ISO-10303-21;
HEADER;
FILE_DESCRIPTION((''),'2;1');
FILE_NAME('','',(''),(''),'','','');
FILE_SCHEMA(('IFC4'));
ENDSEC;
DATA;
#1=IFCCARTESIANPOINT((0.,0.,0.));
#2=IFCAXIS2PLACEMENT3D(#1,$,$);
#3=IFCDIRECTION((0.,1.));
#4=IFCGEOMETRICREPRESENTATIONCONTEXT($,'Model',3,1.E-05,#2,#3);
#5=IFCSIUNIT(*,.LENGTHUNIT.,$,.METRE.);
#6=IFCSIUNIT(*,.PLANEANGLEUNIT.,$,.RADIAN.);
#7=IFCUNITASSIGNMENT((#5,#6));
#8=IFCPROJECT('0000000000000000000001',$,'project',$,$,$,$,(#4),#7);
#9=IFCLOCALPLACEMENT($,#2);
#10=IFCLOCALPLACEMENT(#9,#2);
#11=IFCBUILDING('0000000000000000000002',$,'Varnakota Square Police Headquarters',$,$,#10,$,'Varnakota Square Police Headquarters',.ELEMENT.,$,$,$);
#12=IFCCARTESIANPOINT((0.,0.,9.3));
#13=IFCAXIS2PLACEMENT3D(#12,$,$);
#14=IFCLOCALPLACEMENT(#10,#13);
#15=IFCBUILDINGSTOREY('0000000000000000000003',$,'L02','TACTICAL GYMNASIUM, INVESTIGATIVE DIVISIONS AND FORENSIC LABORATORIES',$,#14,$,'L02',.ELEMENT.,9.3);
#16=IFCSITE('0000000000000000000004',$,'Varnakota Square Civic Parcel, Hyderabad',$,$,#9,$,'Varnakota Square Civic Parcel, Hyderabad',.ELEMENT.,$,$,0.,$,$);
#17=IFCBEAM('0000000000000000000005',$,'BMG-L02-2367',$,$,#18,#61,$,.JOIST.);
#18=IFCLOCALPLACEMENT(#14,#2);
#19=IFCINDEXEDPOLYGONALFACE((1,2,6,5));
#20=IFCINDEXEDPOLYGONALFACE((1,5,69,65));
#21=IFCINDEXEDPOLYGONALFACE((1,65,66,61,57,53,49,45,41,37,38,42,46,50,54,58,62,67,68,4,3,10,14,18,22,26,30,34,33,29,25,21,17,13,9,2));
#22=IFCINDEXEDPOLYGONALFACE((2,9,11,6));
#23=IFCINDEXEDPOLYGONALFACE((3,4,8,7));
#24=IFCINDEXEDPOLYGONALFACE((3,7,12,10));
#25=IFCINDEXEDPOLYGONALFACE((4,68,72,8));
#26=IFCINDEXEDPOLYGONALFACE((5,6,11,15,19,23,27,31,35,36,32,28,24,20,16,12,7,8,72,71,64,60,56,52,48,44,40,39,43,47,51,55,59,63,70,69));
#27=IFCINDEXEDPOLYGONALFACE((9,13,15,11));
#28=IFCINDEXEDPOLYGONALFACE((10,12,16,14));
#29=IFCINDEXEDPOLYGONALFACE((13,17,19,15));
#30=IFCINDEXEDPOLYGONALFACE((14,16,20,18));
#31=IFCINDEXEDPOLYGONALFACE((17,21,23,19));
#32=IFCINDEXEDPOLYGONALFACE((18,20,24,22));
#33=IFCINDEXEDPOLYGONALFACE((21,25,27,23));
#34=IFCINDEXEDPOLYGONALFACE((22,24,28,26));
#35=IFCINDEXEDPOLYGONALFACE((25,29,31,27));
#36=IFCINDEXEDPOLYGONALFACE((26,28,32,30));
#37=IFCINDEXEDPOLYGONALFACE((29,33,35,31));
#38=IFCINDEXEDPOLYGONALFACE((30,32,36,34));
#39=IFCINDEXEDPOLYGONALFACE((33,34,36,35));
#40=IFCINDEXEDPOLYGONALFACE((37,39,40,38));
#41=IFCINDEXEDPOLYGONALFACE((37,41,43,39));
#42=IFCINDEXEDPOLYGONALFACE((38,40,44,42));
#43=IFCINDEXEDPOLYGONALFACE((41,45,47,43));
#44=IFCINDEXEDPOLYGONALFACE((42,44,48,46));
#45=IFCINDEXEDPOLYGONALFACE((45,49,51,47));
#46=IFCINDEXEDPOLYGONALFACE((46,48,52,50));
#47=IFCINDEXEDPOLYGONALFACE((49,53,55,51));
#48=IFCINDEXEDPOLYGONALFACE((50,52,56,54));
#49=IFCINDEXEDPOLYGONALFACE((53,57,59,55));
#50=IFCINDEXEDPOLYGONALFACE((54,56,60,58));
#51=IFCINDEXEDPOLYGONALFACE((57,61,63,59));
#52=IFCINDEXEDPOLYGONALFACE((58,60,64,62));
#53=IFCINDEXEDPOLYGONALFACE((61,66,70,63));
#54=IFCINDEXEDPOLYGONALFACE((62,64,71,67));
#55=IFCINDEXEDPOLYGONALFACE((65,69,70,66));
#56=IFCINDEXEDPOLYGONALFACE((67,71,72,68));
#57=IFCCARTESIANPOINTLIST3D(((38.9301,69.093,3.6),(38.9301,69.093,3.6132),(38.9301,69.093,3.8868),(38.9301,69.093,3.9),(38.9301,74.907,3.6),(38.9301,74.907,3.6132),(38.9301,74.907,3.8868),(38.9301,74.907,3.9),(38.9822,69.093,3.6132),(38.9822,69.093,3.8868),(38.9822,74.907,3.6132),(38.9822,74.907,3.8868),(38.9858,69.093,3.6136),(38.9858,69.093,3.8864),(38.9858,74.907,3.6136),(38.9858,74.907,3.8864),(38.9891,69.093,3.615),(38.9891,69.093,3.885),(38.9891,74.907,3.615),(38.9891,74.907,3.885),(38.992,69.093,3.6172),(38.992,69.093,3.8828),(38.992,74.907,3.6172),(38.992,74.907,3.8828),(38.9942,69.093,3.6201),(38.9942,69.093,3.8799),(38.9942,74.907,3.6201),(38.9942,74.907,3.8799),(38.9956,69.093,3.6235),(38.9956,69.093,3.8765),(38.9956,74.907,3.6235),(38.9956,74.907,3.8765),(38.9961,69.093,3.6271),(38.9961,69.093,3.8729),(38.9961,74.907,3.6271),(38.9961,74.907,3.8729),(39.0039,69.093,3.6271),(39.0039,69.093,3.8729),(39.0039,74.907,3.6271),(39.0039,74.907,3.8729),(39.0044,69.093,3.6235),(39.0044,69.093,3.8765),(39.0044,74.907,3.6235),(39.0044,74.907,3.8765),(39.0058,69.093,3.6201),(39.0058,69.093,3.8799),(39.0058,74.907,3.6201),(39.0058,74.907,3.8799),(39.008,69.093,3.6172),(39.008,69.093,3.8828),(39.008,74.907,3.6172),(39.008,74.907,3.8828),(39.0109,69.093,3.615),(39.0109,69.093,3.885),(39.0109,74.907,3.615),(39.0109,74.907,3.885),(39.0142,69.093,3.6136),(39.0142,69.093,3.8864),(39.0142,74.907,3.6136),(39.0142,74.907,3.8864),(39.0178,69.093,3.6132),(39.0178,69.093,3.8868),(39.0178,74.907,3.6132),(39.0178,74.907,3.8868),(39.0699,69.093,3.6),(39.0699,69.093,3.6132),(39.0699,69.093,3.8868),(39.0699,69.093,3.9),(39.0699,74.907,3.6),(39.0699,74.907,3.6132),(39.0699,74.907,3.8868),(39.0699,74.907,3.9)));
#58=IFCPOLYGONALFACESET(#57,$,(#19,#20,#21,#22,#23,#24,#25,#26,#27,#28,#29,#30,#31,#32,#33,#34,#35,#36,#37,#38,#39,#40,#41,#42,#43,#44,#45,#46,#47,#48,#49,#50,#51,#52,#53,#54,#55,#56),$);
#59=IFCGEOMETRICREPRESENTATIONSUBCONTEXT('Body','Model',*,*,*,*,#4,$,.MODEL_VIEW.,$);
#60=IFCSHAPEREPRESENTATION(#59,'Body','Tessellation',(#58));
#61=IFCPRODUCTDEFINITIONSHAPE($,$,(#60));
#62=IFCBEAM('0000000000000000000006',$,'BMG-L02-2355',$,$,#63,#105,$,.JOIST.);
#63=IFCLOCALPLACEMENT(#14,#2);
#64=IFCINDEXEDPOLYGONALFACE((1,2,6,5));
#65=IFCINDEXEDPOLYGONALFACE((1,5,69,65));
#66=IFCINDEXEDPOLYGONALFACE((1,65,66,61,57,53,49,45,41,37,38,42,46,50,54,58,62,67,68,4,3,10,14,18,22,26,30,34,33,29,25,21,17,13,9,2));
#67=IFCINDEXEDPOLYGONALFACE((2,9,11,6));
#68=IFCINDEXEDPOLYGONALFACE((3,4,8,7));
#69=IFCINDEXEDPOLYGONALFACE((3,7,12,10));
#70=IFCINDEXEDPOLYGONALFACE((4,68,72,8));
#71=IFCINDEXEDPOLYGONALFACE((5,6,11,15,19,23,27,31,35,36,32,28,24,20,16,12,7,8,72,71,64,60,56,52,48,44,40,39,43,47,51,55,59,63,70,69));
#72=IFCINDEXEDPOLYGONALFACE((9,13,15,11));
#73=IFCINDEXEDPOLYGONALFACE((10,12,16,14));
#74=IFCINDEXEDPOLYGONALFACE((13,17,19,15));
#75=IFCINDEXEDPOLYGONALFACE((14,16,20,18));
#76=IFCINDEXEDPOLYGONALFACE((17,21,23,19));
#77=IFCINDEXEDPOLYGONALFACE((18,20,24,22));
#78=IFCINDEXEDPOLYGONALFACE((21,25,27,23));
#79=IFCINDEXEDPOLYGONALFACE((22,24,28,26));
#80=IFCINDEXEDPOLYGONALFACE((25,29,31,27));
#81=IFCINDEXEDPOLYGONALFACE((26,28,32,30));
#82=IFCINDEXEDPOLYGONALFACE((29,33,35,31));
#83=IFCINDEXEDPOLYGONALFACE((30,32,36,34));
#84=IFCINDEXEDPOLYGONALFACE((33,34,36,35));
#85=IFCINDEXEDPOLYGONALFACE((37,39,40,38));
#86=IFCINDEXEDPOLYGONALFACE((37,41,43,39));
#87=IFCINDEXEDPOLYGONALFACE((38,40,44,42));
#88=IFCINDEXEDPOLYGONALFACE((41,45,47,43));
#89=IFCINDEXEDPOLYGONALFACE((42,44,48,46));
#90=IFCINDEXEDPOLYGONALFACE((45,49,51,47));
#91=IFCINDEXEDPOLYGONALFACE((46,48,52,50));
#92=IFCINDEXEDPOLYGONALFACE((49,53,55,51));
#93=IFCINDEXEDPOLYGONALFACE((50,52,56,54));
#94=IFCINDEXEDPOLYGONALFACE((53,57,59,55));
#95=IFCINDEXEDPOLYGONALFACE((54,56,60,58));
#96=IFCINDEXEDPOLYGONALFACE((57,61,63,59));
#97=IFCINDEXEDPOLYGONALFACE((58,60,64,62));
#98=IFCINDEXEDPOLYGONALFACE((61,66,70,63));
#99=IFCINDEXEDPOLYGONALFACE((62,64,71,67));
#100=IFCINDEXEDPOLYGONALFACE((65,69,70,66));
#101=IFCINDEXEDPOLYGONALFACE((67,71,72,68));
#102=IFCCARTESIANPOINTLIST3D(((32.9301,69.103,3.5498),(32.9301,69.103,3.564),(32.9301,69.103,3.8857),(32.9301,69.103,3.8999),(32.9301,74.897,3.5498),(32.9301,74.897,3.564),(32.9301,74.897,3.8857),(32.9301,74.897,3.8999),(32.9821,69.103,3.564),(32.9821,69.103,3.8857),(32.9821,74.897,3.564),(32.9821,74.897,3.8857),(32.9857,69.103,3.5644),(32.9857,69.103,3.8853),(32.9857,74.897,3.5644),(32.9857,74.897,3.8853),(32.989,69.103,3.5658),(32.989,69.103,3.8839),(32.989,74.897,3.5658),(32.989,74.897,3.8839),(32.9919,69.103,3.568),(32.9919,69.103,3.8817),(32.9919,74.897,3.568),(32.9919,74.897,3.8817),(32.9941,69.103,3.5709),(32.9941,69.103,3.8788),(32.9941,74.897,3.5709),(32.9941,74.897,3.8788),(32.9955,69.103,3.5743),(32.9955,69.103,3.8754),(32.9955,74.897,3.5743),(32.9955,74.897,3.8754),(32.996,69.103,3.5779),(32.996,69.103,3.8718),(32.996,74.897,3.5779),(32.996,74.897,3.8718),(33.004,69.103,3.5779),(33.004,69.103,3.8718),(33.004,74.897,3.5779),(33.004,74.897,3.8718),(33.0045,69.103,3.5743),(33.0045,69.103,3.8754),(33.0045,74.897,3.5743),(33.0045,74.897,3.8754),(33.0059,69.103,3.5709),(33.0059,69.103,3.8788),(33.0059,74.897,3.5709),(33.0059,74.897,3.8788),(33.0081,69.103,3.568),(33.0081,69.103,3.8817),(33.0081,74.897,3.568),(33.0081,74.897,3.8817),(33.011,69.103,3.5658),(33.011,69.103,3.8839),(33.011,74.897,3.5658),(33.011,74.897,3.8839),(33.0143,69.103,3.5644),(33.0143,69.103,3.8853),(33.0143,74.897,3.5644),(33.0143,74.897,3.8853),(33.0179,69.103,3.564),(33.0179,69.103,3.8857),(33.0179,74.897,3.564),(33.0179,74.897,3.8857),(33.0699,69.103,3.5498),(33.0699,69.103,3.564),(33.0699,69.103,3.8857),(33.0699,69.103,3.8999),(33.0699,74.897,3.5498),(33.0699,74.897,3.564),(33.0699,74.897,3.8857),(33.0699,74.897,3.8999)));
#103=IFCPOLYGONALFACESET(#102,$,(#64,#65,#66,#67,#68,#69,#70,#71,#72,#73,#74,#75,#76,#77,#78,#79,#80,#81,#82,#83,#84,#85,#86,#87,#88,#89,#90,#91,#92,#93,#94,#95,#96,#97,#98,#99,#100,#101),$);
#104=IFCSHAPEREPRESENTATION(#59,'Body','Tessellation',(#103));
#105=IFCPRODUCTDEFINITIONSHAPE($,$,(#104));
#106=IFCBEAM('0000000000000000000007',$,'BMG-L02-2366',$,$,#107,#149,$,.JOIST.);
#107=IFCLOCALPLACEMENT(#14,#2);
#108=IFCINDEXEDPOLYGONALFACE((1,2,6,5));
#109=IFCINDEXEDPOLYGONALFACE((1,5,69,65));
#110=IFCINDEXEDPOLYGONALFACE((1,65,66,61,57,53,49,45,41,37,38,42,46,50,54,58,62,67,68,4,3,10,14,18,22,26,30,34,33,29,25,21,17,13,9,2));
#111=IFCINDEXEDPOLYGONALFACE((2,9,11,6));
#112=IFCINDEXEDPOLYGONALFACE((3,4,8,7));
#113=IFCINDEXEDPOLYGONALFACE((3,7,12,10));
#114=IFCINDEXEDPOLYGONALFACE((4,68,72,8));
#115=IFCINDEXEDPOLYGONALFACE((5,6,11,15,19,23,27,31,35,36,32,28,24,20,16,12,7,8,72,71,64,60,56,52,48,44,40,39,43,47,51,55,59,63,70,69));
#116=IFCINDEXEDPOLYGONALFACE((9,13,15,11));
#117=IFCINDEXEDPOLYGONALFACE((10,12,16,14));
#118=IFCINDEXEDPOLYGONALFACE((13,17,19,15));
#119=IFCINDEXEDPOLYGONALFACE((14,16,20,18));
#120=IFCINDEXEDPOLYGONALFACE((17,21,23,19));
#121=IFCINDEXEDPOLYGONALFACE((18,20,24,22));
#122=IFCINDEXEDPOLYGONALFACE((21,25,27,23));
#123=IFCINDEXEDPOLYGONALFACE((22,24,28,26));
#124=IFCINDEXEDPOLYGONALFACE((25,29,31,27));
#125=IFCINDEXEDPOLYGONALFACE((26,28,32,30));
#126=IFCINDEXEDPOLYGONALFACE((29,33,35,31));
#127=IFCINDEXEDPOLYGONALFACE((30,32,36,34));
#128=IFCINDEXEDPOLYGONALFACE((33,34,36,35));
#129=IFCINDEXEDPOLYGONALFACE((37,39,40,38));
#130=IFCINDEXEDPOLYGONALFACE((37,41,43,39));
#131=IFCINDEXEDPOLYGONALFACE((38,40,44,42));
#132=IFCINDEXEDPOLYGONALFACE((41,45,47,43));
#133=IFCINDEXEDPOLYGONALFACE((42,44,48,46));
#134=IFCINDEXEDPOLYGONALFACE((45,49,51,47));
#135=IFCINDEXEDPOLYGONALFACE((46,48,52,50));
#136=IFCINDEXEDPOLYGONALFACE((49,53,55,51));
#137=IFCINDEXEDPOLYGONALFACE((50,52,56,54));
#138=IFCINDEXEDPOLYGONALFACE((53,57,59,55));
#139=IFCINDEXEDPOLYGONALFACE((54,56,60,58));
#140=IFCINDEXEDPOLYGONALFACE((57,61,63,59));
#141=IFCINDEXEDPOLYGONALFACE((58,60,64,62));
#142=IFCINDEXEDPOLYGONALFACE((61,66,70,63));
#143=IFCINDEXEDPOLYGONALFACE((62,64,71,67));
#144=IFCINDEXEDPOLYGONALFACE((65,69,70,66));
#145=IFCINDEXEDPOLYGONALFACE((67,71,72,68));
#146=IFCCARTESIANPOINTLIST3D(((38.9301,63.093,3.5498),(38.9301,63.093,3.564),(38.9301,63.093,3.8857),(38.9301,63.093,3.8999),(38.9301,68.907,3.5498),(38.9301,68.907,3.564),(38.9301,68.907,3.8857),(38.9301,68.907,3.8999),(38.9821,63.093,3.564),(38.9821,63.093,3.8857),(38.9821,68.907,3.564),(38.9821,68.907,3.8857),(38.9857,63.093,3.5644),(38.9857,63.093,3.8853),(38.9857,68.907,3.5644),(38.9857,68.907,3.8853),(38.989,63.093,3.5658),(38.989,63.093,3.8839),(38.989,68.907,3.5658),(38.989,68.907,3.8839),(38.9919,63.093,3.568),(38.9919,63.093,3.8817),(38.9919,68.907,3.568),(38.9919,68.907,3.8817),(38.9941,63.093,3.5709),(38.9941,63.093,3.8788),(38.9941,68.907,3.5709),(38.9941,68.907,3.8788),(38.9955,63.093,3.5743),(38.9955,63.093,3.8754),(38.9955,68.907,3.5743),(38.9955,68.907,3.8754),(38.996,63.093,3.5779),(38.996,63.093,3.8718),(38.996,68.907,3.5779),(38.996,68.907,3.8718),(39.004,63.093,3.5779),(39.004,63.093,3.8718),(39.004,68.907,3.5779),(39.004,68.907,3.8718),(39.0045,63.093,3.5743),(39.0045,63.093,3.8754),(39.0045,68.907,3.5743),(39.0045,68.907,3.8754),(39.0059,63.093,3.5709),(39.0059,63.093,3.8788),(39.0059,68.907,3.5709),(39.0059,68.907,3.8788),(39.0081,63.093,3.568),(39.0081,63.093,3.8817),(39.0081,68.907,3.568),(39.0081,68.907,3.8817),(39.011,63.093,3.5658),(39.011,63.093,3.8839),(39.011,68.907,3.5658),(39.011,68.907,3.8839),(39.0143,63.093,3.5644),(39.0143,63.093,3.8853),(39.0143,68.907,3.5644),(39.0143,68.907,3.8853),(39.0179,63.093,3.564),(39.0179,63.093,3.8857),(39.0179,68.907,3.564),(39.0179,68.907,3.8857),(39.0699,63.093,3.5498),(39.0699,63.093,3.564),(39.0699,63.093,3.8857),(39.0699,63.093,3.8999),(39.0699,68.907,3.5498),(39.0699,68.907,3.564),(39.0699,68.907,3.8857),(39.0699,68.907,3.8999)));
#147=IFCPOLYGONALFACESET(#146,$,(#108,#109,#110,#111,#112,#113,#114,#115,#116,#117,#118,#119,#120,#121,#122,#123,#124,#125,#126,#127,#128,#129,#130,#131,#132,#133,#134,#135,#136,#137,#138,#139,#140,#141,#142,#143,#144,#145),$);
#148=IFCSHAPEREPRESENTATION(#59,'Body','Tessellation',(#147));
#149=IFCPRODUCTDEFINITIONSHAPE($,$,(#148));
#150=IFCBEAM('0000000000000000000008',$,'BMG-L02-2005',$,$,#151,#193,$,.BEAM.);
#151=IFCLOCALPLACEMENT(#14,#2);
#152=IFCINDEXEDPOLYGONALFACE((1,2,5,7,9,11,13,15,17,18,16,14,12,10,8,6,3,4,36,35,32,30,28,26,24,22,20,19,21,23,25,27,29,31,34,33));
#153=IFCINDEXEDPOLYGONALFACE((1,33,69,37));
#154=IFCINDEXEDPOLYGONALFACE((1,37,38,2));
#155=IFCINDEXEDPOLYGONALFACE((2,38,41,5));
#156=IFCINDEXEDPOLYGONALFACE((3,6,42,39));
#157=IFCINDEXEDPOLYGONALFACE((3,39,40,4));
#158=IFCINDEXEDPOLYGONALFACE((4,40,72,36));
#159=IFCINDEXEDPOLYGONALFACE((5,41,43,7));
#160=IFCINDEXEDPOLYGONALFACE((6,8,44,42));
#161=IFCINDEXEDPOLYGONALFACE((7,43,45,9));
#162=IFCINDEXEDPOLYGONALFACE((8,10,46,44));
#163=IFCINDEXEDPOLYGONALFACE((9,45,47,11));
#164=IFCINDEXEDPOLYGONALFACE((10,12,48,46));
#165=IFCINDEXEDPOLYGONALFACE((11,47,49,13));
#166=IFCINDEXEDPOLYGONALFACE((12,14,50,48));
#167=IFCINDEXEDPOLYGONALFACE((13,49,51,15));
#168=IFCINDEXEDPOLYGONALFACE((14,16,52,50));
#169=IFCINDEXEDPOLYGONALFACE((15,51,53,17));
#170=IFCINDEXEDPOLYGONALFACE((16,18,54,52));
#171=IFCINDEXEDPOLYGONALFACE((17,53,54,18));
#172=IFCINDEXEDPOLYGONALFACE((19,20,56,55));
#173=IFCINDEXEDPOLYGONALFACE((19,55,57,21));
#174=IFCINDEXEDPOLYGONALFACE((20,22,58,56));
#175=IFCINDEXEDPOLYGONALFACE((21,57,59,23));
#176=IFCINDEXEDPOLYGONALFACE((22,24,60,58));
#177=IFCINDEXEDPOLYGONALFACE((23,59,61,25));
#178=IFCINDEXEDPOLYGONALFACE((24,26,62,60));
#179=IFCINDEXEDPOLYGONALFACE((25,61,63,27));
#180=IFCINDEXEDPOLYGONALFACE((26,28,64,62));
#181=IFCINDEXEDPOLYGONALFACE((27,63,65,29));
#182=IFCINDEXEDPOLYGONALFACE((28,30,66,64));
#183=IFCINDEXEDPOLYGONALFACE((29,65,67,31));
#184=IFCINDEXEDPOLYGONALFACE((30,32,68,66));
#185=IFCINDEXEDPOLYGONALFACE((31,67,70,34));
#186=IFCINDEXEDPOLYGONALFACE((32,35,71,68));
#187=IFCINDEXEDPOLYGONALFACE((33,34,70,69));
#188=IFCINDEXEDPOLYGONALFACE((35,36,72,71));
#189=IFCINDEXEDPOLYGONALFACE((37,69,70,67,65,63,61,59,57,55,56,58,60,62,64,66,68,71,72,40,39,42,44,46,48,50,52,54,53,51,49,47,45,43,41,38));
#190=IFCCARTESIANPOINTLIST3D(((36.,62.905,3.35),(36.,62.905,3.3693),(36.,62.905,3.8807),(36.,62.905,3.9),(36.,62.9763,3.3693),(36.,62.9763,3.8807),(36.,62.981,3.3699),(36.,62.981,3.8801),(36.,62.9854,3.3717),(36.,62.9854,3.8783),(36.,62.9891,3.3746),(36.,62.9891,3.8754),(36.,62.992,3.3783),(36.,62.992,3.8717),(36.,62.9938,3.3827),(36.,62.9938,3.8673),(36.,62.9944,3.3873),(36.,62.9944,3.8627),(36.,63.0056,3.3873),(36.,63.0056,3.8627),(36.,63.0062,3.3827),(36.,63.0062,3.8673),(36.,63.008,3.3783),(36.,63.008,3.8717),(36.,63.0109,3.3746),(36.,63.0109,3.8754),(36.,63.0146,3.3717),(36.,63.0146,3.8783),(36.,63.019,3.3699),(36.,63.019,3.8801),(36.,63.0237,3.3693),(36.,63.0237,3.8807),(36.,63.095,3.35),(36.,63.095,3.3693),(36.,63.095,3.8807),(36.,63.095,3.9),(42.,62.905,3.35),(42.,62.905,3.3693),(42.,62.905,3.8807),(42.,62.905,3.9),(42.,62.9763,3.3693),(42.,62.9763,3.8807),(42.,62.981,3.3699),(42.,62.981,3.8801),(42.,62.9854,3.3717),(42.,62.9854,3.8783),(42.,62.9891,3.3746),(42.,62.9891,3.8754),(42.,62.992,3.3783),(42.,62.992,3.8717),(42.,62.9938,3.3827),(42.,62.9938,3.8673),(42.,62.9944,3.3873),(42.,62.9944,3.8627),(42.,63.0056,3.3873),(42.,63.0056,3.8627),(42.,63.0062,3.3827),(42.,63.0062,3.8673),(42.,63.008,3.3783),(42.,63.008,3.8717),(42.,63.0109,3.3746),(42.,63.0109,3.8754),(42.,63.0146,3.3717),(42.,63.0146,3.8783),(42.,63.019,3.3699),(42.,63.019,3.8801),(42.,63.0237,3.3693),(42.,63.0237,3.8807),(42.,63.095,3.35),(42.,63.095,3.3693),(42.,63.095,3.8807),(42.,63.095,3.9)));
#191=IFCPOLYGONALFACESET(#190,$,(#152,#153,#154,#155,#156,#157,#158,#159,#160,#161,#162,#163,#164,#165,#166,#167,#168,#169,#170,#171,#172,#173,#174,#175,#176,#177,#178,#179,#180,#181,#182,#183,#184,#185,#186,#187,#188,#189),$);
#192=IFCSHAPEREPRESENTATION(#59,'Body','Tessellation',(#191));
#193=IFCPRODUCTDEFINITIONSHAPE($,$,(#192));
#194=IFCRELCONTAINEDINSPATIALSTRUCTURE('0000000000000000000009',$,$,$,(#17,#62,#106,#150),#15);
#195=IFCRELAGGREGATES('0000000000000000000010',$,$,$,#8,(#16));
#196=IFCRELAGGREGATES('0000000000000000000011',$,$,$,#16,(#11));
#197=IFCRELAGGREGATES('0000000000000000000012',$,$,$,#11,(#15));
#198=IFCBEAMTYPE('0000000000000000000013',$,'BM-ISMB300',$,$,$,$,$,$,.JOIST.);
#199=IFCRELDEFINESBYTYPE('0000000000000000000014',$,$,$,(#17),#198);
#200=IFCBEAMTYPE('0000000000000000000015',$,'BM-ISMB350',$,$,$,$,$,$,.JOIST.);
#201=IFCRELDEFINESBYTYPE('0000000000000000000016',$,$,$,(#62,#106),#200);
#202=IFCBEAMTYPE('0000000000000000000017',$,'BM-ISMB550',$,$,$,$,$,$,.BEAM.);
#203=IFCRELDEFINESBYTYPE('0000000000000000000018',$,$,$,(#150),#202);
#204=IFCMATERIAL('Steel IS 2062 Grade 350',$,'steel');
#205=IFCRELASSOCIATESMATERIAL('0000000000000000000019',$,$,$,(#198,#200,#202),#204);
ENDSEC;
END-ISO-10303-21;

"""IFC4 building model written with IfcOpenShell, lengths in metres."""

from ifc_helpers import new_model, si_unit, direction, frame, origin, origin_2d, place, context, subcontext, project, spatial, i_section, extrude, material, material_profile, profile_set, type_object, element, save


model = new_model("IFC4")

# Units and contexts
model_context = context("Model", 3, precision=1e-05, world=origin(), true_north=direction((0.0, 1.0)))
body_context = subcontext(model_context, "Body", "Model", "MODEL_VIEW")
ifc_project = project(units=[si_unit("LENGTHUNIT", "METRE"), si_unit("PLANEANGLEUNIT", "RADIAN")], contexts=[model_context])

# Site, building, storey
site_placement = place(None, origin())
site = spatial("IfcSite", under=ifc_project, at=site_placement, Name="Varnakota Square Civic Parcel, Hyderabad", LongName="Varnakota Square Civic Parcel, Hyderabad", CompositionType="ELEMENT", RefElevation=0.0)
building_placement = place(site_placement, origin())
building = spatial("IfcBuilding", under=site, at=building_placement, Name="Varnakota Square Police Headquarters", LongName="Varnakota Square Police Headquarters", CompositionType="ELEMENT")
storey_placement = place(building_placement, frame((0.0, 0.0, 9.3)))
storey = spatial("IfcBuildingStorey", under=building, at=storey_placement, Name="L02", Description="TACTICAL GYMNASIUM, INVESTIGATIVE DIVISIONS AND FORENSIC LABORATORIES", LongName="L02", CompositionType="ELEMENT", Elevation=9.3)

# Shared definitions
ifc_material_1 = material(Name="Steel IS 2062 Grade 350", Category="steel")

# Beams
ifc_material_profile_1 = material_profile(ifc_material_1, i_section(OverallWidth=0.1399, OverallDepth=0.3, WebThickness=0.0078, FlangeThickness=0.0132, FilletRadius=0.0139, at=origin_2d()), Name="ISMB 300")
ifc_profile_set_1 = profile_set([ifc_material_profile_1], Name="Steel IS 2062 Grade 350")
beam_type_1 = type_object("IfcBeamType", Name="BM-ISMB300", PredefinedType="JOIST", material=ifc_profile_set_1)
beam_1_placement = place(storey_placement, frame((39.0, 69.093, 3.75), z_axis=(0.0, 1.0, 0.0), x_axis=(-1.0, 0.0, 0.0)))
element("IfcBeam", 1, at=beam_1_placement, inside=storey, type_object=beam_type_1, Name="BMG-L02-2367", PredefinedType="JOIST", context=body_context, shape_type="SweptSolid", body=[
    extrude(i_section(OverallWidth=0.1399, OverallDepth=0.3, WebThickness=0.0078, FlangeThickness=0.0132, FilletRadius=0.0139, at=origin_2d()), origin(), (0.0, 0.0, 1.0), 5.814),
])
ifc_material_profile_2 = material_profile(ifc_material_1, i_section(OverallWidth=0.1399, OverallDepth=0.3501, WebThickness=0.0081, FlangeThickness=0.0142, FilletRadius=0.0139, at=origin_2d()), Name="ISMB 350")
ifc_profile_set_2 = profile_set([ifc_material_profile_2], Name="Steel IS 2062 Grade 350")
beam_type_2 = type_object("IfcBeamType", Name="BM-ISMB350", PredefinedType="JOIST", material=ifc_profile_set_2)
beam_2_placement = place(storey_placement, frame((33.0, 69.103, 3.7249), z_axis=(0.0, 1.0, 0.0), x_axis=(-1.0, 0.0, 0.0)))
element("IfcBeam", 2, at=beam_2_placement, inside=storey, type_object=beam_type_2, Name="BMG-L02-2355", PredefinedType="JOIST", context=body_context, shape_type="SweptSolid", body=[
    extrude(i_section(OverallWidth=0.1399, OverallDepth=0.3501, WebThickness=0.0081, FlangeThickness=0.0142, FilletRadius=0.0139, at=origin_2d()), origin(), (0.0, 0.0, 1.0), 5.7939),
])
beam_3_placement = place(storey_placement, frame((39.0, 63.093, 3.7249), z_axis=(0.0, 1.0, 0.0), x_axis=(-1.0, 0.0, 0.0)))
element("IfcBeam", 3, at=beam_3_placement, inside=storey, type_object=beam_type_2, Name="BMG-L02-2366", PredefinedType="JOIST", context=body_context, shape_type="SweptSolid", body=[
    extrude(i_section(OverallWidth=0.1399, OverallDepth=0.3501, WebThickness=0.0081, FlangeThickness=0.0142, FilletRadius=0.0139, at=origin_2d()), origin(), (0.0, 0.0, 1.0), 5.814),
])
ifc_material_profile_3 = material_profile(ifc_material_1, i_section(OverallWidth=0.1899, OverallDepth=0.55, WebThickness=0.0112, FlangeThickness=0.0193, FilletRadius=0.0181, at=origin_2d()), Name="ISMB 550")
ifc_profile_set_3 = profile_set([ifc_material_profile_3], Name="Steel IS 2062 Grade 350")
beam_type_3 = type_object("IfcBeamType", Name="BM-ISMB550", PredefinedType="BEAM", material=ifc_profile_set_3)
for number, where, z_axis, x_axis, name in (
    (4, (36.0, 63.0, 3.625), (1.0, 0.0, 0.0), (0.0, 1.0, 0.0), "BMG-L02-2005"),
):
    element("IfcBeam", number, at=place(storey_placement, frame(where, z_axis=z_axis, x_axis=x_axis)), inside=storey, type_object=beam_type_3, Name=name, PredefinedType="BEAM", context=body_context, shape_type="SweptSolid", body=[
        extrude(i_section(OverallWidth=0.1899, OverallDepth=0.55, WebThickness=0.0112, FlangeThickness=0.0193, FilletRadius=0.0181, at=origin_2d()), origin(), (0.0, 0.0, 1.0), 6.0),
    ])

save(model, "model.ifc")
